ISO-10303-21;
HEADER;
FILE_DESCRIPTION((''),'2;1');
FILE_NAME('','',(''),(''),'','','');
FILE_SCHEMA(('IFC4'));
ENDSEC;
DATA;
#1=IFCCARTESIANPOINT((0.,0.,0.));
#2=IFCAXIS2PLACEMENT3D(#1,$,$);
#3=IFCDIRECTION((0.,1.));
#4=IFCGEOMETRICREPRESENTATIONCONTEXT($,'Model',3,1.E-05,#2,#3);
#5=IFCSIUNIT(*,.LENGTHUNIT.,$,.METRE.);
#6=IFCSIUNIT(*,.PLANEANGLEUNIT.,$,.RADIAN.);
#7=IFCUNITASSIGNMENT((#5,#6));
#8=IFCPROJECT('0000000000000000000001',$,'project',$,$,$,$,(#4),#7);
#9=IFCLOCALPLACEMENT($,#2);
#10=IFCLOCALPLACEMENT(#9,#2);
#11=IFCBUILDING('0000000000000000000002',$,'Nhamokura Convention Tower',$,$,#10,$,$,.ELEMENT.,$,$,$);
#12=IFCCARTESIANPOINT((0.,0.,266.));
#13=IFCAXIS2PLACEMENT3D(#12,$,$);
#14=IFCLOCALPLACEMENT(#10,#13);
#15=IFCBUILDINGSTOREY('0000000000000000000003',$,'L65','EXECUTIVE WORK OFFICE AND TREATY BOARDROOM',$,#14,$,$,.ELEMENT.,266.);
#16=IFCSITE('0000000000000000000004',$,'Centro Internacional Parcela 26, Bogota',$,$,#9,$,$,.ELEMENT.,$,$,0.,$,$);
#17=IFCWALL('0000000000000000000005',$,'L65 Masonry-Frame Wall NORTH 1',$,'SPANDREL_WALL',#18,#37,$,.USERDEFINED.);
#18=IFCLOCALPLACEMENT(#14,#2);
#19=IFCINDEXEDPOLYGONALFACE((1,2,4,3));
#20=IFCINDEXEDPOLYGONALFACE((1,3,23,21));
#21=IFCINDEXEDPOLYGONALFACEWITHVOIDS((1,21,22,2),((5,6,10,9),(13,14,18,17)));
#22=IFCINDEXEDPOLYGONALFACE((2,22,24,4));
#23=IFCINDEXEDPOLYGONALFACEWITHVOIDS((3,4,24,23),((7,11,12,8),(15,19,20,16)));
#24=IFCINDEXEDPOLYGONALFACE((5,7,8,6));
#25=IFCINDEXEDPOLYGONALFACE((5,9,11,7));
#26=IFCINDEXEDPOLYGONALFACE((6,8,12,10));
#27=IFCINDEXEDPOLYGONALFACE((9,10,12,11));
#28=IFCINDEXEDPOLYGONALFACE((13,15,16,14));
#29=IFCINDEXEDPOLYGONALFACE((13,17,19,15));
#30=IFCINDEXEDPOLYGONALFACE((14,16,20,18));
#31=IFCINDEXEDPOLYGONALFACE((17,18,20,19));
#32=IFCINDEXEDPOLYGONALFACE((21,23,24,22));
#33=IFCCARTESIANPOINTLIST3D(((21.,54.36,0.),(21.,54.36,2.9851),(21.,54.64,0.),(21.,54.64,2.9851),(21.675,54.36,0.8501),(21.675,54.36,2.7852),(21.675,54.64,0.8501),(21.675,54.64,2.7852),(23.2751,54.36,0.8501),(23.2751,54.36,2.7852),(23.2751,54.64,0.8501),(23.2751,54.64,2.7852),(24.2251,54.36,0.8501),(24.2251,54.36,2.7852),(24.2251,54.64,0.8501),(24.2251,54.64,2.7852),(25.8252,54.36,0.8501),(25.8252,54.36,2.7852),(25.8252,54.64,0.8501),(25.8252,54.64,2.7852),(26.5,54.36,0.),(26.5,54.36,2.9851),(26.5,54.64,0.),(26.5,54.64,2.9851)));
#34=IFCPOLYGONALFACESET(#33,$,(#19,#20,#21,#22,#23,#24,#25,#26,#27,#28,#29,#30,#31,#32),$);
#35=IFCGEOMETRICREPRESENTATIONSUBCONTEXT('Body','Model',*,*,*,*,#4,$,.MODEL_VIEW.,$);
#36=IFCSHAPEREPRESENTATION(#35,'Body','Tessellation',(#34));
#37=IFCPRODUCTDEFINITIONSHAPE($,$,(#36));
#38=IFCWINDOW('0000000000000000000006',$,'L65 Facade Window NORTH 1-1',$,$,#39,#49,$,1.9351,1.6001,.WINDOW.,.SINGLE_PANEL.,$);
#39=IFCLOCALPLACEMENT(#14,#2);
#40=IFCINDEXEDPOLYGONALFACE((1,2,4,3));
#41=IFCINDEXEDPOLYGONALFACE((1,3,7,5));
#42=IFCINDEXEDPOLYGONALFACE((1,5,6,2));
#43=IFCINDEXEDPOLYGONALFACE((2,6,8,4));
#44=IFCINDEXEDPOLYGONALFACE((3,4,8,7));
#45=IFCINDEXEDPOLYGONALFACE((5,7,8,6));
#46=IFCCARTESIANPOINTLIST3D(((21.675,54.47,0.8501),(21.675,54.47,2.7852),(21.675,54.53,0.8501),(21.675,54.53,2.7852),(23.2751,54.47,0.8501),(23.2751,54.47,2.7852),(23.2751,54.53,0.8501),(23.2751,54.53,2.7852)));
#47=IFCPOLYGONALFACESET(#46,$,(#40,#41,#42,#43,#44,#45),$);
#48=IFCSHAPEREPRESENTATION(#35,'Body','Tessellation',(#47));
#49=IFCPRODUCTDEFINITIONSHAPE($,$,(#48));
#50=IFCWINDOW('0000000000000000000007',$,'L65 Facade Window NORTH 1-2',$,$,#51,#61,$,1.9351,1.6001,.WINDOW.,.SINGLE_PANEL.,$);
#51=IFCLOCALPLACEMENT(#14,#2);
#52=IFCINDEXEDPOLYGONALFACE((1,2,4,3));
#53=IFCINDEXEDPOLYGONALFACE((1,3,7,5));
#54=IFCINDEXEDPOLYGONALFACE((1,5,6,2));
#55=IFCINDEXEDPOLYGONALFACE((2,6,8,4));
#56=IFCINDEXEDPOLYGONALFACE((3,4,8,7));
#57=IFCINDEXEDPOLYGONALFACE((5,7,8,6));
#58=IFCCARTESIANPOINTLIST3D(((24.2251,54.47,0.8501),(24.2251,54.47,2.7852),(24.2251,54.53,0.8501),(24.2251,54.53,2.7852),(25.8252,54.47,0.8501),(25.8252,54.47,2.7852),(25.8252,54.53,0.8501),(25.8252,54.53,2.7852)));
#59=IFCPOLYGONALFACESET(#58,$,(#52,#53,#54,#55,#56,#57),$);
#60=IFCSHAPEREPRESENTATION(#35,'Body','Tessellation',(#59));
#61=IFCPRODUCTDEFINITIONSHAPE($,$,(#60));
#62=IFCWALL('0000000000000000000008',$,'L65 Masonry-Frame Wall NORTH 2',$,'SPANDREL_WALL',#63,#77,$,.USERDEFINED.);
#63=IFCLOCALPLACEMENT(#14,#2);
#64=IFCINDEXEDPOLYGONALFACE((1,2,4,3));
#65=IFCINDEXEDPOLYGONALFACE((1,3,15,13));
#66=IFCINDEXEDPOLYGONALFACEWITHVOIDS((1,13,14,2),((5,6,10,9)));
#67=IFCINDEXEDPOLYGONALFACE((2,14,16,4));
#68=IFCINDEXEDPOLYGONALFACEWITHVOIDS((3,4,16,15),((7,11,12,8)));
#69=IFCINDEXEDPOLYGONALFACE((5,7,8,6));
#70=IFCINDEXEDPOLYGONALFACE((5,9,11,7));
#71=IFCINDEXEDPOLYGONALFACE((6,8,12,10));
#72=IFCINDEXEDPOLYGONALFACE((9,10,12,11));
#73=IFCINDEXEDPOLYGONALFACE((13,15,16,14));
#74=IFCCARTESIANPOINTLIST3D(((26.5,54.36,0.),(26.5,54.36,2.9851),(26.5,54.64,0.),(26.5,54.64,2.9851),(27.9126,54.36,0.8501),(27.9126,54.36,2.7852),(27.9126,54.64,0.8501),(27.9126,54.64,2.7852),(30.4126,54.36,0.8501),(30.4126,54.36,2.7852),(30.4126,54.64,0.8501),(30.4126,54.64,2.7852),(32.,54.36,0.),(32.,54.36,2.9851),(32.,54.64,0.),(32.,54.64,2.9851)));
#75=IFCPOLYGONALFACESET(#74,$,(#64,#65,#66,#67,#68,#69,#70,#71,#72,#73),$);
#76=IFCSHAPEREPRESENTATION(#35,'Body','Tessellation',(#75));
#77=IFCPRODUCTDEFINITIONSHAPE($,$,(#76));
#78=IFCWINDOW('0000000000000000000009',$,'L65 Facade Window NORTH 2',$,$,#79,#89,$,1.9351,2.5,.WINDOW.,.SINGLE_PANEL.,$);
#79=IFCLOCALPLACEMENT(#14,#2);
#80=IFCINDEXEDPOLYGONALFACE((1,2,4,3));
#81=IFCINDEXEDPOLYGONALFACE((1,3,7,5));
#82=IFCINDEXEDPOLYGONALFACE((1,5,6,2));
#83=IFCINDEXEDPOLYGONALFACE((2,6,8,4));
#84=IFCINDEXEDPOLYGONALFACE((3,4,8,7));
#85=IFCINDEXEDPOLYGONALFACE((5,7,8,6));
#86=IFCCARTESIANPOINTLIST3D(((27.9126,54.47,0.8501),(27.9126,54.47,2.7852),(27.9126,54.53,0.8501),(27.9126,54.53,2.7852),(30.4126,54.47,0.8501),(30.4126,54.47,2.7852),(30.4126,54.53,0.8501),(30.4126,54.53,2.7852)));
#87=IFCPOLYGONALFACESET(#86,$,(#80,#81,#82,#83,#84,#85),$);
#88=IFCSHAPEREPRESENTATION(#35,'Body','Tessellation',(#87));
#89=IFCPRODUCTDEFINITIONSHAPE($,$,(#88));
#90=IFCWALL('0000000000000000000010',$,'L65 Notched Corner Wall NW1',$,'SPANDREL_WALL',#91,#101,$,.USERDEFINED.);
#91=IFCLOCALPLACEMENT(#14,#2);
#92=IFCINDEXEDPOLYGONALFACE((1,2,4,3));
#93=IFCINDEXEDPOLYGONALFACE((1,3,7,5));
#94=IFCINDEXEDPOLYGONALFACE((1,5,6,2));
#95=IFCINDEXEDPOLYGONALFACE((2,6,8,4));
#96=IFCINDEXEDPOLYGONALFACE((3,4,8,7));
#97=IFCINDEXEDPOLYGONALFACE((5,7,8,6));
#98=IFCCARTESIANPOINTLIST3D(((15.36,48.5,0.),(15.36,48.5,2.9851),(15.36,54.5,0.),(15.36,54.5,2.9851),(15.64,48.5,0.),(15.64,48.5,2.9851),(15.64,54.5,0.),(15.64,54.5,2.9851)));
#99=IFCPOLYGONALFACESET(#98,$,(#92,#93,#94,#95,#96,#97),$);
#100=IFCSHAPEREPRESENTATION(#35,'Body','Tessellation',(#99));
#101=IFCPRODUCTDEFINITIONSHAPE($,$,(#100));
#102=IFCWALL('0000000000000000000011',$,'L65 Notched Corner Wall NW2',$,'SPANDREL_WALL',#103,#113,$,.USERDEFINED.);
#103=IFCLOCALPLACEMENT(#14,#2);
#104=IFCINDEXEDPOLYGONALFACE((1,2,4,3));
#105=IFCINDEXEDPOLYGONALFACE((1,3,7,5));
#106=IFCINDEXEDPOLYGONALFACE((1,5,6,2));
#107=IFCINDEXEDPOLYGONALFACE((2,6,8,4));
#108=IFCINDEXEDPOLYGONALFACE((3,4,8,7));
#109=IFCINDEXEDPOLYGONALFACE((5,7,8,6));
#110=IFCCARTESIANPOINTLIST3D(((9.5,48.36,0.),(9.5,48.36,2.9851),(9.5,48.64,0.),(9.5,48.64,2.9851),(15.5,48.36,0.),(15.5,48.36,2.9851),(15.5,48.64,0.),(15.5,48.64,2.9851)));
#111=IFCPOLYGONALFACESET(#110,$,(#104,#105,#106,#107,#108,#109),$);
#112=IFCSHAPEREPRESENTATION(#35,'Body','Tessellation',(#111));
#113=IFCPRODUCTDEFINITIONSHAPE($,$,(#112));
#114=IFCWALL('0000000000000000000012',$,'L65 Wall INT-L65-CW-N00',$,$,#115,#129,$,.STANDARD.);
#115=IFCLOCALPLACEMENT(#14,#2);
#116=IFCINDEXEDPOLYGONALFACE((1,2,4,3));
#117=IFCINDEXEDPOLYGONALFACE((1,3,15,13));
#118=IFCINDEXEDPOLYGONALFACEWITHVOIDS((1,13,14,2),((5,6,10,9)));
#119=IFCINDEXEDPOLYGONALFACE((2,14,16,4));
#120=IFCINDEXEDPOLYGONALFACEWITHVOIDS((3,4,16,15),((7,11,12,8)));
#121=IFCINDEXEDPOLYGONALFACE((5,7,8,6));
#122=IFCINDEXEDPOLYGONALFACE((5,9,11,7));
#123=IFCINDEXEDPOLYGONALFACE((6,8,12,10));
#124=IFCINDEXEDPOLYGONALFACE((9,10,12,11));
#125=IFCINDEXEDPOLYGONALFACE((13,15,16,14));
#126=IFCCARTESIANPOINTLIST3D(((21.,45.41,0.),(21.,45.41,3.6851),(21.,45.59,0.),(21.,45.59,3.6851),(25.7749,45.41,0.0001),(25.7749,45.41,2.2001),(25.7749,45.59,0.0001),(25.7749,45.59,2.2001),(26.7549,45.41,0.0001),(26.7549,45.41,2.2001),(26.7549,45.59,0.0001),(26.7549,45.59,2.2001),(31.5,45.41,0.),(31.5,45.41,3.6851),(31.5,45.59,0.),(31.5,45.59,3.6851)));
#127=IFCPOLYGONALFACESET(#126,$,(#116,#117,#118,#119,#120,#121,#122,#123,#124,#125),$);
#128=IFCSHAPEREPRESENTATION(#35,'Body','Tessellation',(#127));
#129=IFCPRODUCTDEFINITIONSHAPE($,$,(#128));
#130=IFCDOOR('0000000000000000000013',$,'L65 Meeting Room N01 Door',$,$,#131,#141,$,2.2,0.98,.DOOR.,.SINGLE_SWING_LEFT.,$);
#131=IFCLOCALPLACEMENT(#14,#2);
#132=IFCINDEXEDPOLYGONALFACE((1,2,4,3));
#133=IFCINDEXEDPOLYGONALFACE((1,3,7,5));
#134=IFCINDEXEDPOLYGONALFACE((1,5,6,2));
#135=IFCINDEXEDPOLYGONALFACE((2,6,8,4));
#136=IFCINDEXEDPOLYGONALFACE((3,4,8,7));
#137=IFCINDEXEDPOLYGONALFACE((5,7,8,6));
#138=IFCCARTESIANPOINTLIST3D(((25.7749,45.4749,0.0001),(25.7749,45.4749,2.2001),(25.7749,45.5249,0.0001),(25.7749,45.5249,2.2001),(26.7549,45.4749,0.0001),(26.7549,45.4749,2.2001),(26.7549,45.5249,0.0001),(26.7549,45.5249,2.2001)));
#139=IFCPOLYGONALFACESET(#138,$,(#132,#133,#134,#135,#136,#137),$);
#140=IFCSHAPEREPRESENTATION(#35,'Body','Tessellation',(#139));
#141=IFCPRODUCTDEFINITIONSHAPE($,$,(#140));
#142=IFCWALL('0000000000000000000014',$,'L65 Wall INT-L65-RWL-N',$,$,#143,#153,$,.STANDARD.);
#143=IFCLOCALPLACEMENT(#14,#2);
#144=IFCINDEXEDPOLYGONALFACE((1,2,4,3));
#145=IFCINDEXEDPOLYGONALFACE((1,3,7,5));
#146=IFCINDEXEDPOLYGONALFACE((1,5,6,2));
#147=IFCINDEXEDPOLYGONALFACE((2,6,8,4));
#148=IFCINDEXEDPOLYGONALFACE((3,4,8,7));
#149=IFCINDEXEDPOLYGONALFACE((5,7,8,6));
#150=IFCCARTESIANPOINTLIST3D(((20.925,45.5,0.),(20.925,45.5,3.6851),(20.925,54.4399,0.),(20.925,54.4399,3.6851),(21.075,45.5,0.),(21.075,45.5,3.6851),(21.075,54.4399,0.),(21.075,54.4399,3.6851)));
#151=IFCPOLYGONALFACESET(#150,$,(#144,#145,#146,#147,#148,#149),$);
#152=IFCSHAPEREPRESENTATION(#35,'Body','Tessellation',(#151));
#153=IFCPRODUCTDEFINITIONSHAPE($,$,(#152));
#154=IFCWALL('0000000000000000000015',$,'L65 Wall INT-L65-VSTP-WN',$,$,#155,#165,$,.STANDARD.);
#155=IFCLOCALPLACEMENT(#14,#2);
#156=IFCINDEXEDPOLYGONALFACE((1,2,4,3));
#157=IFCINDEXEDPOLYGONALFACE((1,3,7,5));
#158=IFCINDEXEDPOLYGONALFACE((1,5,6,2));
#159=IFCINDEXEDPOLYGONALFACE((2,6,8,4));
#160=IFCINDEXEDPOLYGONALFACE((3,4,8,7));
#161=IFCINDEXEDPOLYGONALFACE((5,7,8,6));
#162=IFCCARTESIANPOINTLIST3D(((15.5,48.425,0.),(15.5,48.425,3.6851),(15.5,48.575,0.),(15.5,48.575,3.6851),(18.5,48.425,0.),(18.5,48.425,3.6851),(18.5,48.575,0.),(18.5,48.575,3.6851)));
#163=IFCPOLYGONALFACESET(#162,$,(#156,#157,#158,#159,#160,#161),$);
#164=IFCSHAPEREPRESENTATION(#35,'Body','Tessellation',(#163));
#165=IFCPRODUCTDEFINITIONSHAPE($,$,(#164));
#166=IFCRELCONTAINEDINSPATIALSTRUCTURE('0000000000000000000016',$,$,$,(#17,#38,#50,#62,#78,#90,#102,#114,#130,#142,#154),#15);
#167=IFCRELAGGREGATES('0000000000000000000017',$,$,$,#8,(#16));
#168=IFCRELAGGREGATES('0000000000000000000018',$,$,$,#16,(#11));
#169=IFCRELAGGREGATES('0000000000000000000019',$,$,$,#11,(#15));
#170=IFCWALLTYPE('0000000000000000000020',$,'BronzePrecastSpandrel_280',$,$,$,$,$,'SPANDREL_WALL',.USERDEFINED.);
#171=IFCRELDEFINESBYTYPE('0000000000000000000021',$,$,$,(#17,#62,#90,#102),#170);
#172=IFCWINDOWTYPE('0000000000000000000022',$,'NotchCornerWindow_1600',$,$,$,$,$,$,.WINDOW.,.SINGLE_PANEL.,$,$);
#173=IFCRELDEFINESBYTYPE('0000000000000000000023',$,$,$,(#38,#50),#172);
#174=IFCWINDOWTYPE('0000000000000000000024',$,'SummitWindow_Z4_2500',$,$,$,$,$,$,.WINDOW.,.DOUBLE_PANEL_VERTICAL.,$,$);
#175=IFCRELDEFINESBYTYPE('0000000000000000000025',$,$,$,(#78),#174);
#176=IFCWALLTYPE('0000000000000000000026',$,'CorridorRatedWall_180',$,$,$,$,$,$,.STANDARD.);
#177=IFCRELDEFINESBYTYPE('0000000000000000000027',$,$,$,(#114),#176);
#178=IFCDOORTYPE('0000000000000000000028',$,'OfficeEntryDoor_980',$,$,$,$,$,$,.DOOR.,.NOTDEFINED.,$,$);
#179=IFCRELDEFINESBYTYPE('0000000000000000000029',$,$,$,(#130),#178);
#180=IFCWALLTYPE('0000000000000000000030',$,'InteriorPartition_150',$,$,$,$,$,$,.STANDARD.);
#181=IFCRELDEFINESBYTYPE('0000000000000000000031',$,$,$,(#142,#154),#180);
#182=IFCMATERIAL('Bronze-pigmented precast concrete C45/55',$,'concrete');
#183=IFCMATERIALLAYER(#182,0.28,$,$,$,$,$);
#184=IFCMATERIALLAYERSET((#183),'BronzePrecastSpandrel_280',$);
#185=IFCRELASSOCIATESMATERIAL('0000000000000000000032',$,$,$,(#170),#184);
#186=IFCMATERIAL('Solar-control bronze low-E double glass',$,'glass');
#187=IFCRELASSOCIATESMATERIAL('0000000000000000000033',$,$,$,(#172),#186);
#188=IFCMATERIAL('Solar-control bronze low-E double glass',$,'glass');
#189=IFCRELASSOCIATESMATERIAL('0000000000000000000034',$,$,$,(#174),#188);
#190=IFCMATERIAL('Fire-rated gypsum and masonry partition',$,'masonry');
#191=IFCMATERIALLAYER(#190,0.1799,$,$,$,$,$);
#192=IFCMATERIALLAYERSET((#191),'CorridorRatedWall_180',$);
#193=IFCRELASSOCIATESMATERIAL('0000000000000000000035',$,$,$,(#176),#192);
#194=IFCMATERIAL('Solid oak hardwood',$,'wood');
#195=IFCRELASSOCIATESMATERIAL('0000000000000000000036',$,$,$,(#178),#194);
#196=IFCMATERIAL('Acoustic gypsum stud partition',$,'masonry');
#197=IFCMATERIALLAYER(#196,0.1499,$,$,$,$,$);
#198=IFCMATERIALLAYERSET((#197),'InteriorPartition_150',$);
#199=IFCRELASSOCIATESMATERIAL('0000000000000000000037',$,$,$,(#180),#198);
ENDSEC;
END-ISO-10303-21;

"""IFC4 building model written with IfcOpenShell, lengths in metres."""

from ifc_helpers import new_model, si_unit, direction, frame, frame_2d, origin, place, context, subcontext, project, spatial, rectangle, extrude, material, layer, layer_set, type_object, element, fill, save


model = new_model("IFC4")

# Units and contexts
model_context = context("Model", 3, precision=1e-05, world=origin(), true_north=direction((0.0, 1.0)))
body_context = subcontext(model_context, "Body", "Model", "MODEL_VIEW")
ifc_project = project(units=[si_unit("LENGTHUNIT", "METRE"), si_unit("PLANEANGLEUNIT", "RADIAN")], contexts=[model_context])

# Site, building, storey
site_placement = place(None, origin())
site = spatial("IfcSite", under=ifc_project, at=site_placement, Name="Centro Internacional Parcela 26, Bogota", CompositionType="ELEMENT", RefElevation=0.0)
building_placement = place(site_placement, origin())
building = spatial("IfcBuilding", under=site, at=building_placement, Name="Nhamokura Convention Tower", CompositionType="ELEMENT")
storey_placement = place(building_placement, frame((0.0, 0.0, 266.0)))
storey = spatial("IfcBuildingStorey", under=building, at=storey_placement, Name="L65", Description="EXECUTIVE WORK OFFICE AND TREATY BOARDROOM", CompositionType="ELEMENT", Elevation=266.0)

# Shared definitions
ifc_material_1 = material(Name="Bronze-pigmented precast concrete C45/55", Category="concrete")
ifc_layer_1 = layer(ifc_material_1, 0.28)
ifc_layer_set_1 = layer_set([ifc_layer_1], Name="BronzePrecastSpandrel_280")
wall_type_1 = type_object("IfcWallType", Name="BronzePrecastSpandrel_280", ElementType="SPANDREL_WALL", PredefinedType="USERDEFINED", material=ifc_layer_set_1)

# Wall, openings, windows
wall_1_placement = place(storey_placement, frame((21.0, 54.5, 0.0), z_axis=(0.0, 0.0, 1.0), x_axis=(1.0, 0.0, 0.0)))
wall_1 = element("IfcWall", 1, at=wall_1_placement, inside=storey, type_object=wall_type_1, Name="L65 Masonry-Frame Wall NORTH 1", ObjectType="SPANDREL_WALL", PredefinedType="USERDEFINED", context=body_context, shape_type="SweptSolid", body=[
    extrude(rectangle(XDim=5.5, YDim=0.28, at=frame_2d((2.75, 0.0))), origin(), (0.0, 0.0, 1.0), 2.9851),
])
opening_1_placement = place(wall_1_placement, frame((0.675, 0.0, 0.8501)))
opening_1 = element("IfcOpeningElement", 2, at=opening_1_placement, cuts=wall_1, PredefinedType="OPENING", context=body_context, shape_type="SweptSolid", body=[
    extrude(rectangle(XDim=1.6001, YDim=1.9351, at=frame_2d((0.8, 0.9675))), frame((0.0, 0.1499, 0.0), z_axis=(0.0, -1.0, 0.0), x_axis=(1.0, 0.0, 0.0)), (0.0, 0.0, 1.0), 0.3),
])
opening_2_placement = place(wall_1_placement, frame((3.2251, 0.0, 0.8501)))
opening_2 = element("IfcOpeningElement", 3, at=opening_2_placement, cuts=wall_1, PredefinedType="OPENING", context=body_context, shape_type="SweptSolid", body=[
    extrude(rectangle(XDim=1.6001, YDim=1.9351, at=frame_2d((0.8, 0.9675))), frame((0.0, 0.1499, 0.0), z_axis=(0.0, -1.0, 0.0), x_axis=(1.0, 0.0, 0.0)), (0.0, 0.0, 1.0), 0.3),
])
ifc_material_2 = material(Name="Solar-control bronze low-E double glass", Category="glass")
window_type_1 = type_object("IfcWindowType", Name="NotchCornerWindow_1600", PartitioningType="SINGLE_PANEL", PredefinedType="WINDOW", material=ifc_material_2)
window_1_placement = place(opening_1_placement, origin())
window_1 = element("IfcWindow", 4, at=window_1_placement, inside=storey, type_object=window_type_1, Name="L65 Facade Window NORTH 1-1", OverallHeight=1.9351, OverallWidth=1.6001, PartitioningType="SINGLE_PANEL", PredefinedType="WINDOW", context=body_context, shape_type="SweptSolid", body=[
    extrude(rectangle(XDim=1.6001, YDim=1.9351, at=frame_2d((0.8, 0.9675))), frame((0.0, 0.03, 0.0), z_axis=(0.0, -1.0, 0.0), x_axis=(1.0, 0.0, 0.0)), (0.0, 0.0, 1.0), 0.0601),
])
fill(opening_1, window_1)
window_2_placement = place(opening_2_placement, origin())
window_2 = element("IfcWindow", 5, at=window_2_placement, inside=storey, type_object=window_type_1, Name="L65 Facade Window NORTH 1-2", OverallHeight=1.9351, OverallWidth=1.6001, PartitioningType="SINGLE_PANEL", PredefinedType="WINDOW", context=body_context, shape_type="SweptSolid", body=[
    extrude(rectangle(XDim=1.6001, YDim=1.9351, at=frame_2d((0.8, 0.9675))), frame((0.0, 0.03, 0.0), z_axis=(0.0, -1.0, 0.0), x_axis=(1.0, 0.0, 0.0)), (0.0, 0.0, 1.0), 0.0601),
])
fill(opening_2, window_2)

# Wall, opening, window
wall_2_placement = place(storey_placement, frame((26.5, 54.5, 0.0), z_axis=(0.0, 0.0, 1.0), x_axis=(1.0, 0.0, 0.0)))
wall_2 = element("IfcWall", 6, at=wall_2_placement, inside=storey, type_object=wall_type_1, Name="L65 Masonry-Frame Wall NORTH 2", ObjectType="SPANDREL_WALL", PredefinedType="USERDEFINED", context=body_context, shape_type="SweptSolid", body=[
    extrude(rectangle(XDim=5.5, YDim=0.28, at=frame_2d((2.75, 0.0))), origin(), (0.0, 0.0, 1.0), 2.9851),
])
opening_3_placement = place(wall_2_placement, frame((1.4126, 0.0, 0.8501)))
opening_3 = element("IfcOpeningElement", 7, at=opening_3_placement, cuts=wall_2, PredefinedType="OPENING", context=body_context, shape_type="SweptSolid", body=[
    extrude(rectangle(XDim=2.5, YDim=1.9351, at=frame_2d((1.25, 0.9675))), frame((0.0, 0.1499, 0.0), z_axis=(0.0, -1.0, 0.0), x_axis=(1.0, 0.0, 0.0)), (0.0, 0.0, 1.0), 0.3),
])
ifc_material_3 = material(Name="Solar-control bronze low-E double glass", Category="glass")
window_type_2 = type_object("IfcWindowType", Name="SummitWindow_Z4_2500", PartitioningType="DOUBLE_PANEL_VERTICAL", PredefinedType="WINDOW", material=ifc_material_3)
window_3_placement = place(opening_3_placement, origin())
window_3 = element("IfcWindow", 8, at=window_3_placement, inside=storey, type_object=window_type_2, Name="L65 Facade Window NORTH 2", OverallHeight=1.9351, OverallWidth=2.5, PartitioningType="SINGLE_PANEL", PredefinedType="WINDOW", context=body_context, shape_type="SweptSolid", body=[
    extrude(rectangle(XDim=2.5, YDim=1.9351, at=frame_2d((1.25, 0.9675))), frame((0.0, 0.03, 0.0), z_axis=(0.0, -1.0, 0.0), x_axis=(1.0, 0.0, 0.0)), (0.0, 0.0, 1.0), 0.0601),
])
fill(opening_3, window_3)

# Walls
for number, where, z_axis, x_axis, name in (
    (9, (15.5, 48.5, 0.0), (0.0, 0.0, 1.0), (0.0, 1.0, 0.0), "L65 Notched Corner Wall NW1"),
    (10, (9.5, 48.5, 0.0), (0.0, 0.0, 1.0), (1.0, 0.0, 0.0), "L65 Notched Corner Wall NW2"),
):
    element("IfcWall", number, at=place(storey_placement, frame(where, z_axis=z_axis, x_axis=x_axis)), inside=storey, type_object=wall_type_1, Name=name, ObjectType="SPANDREL_WALL", PredefinedType="USERDEFINED", context=body_context, shape_type="SweptSolid", body=[
        extrude(rectangle(XDim=6.0, YDim=0.28, at=frame_2d((3.0, 0.0))), origin(), (0.0, 0.0, 1.0), 2.9851),
    ])

# Wall, opening, door
ifc_material_4 = material(Name="Fire-rated gypsum and masonry partition", Category="masonry")
ifc_layer_2 = layer(ifc_material_4, 0.1799)
ifc_layer_set_2 = layer_set([ifc_layer_2], Name="CorridorRatedWall_180")
wall_type_2 = type_object("IfcWallType", Name="CorridorRatedWall_180", PredefinedType="STANDARD", material=ifc_layer_set_2)
wall_3_placement = place(storey_placement, frame((21.0, 45.5, 0.0), z_axis=(0.0, 0.0, 1.0), x_axis=(1.0, 0.0, 0.0)))
wall_3 = element("IfcWall", 11, at=wall_3_placement, inside=storey, type_object=wall_type_2, Name="L65 Wall INT-L65-CW-N00", PredefinedType="STANDARD", context=body_context, shape_type="SweptSolid", body=[
    extrude(rectangle(XDim=10.5, YDim=0.1799, at=frame_2d((5.25, 0.0))), origin(), (0.0, 0.0, 1.0), 3.6851),
])
opening_4_placement = place(wall_3_placement, frame((4.7749, 0.0, 0.0)))
opening_4 = element("IfcOpeningElement", 12, at=opening_4_placement, cuts=wall_3, PredefinedType="OPENING", context=body_context, shape_type="SweptSolid", body=[
    extrude(rectangle(XDim=0.98, YDim=2.2, at=frame_2d((0.49, 1.1001))), frame((0.0, 0.0999, 0.0), z_axis=(0.0, -1.0, 0.0), x_axis=(1.0, 0.0, 0.0)), (0.0, 0.0, 1.0), 0.2),
])
ifc_material_5 = material(Name="Solid oak hardwood", Category="wood")
door_type = type_object("IfcDoorType", Name="OfficeEntryDoor_980", OperationType="NOTDEFINED", PredefinedType="DOOR", material=ifc_material_5)
door_placement = place(opening_4_placement, origin())
door = element("IfcDoor", 13, at=door_placement, inside=storey, type_object=door_type, Name="L65 Meeting Room N01 Door", OperationType="SINGLE_SWING_LEFT", OverallHeight=2.2, OverallWidth=0.98, PredefinedType="DOOR", context=body_context, shape_type="SweptSolid", body=[
    extrude(rectangle(XDim=0.98, YDim=2.2, at=frame_2d((0.49, 1.1001))), frame((0.0, 0.0249, 0.0), z_axis=(0.0, -1.0, 0.0), x_axis=(1.0, 0.0, 0.0)), (0.0, 0.0, 1.0), 0.05),
])
fill(opening_4, door)

# Walls
ifc_material_6 = material(Name="Acoustic gypsum stud partition", Category="masonry")
ifc_layer_3 = layer(ifc_material_6, 0.1499)
ifc_layer_set_3 = layer_set([ifc_layer_3], Name="InteriorPartition_150")
wall_type_3 = type_object("IfcWallType", Name="InteriorPartition_150", PredefinedType="STANDARD", material=ifc_layer_set_3)
wall_4_placement = place(storey_placement, frame((21.0, 45.5, 0.0), z_axis=(0.0, 0.0, 1.0), x_axis=(0.0, 1.0, 0.0)))
element("IfcWall", 14, at=wall_4_placement, inside=storey, type_object=wall_type_3, Name="L65 Wall INT-L65-RWL-N", PredefinedType="STANDARD", context=body_context, shape_type="SweptSolid", body=[
    extrude(rectangle(XDim=8.9399, YDim=0.1499, at=frame_2d((4.47, 0.0))), origin(), (0.0, 0.0, 1.0), 3.6851),
])
wall_5_placement = place(storey_placement, frame((15.5, 48.5, 0.0), z_axis=(0.0, 0.0, 1.0), x_axis=(1.0, 0.0, 0.0)))
element("IfcWall", 15, at=wall_5_placement, inside=storey, type_object=wall_type_3, Name="L65 Wall INT-L65-VSTP-WN", PredefinedType="STANDARD", context=body_context, shape_type="SweptSolid", body=[
    extrude(rectangle(XDim=3.0, YDim=0.1499, at=frame_2d((1.5, 0.0))), origin(), (0.0, 0.0, 1.0), 3.6851),
])

save(model, "model.ifc")
